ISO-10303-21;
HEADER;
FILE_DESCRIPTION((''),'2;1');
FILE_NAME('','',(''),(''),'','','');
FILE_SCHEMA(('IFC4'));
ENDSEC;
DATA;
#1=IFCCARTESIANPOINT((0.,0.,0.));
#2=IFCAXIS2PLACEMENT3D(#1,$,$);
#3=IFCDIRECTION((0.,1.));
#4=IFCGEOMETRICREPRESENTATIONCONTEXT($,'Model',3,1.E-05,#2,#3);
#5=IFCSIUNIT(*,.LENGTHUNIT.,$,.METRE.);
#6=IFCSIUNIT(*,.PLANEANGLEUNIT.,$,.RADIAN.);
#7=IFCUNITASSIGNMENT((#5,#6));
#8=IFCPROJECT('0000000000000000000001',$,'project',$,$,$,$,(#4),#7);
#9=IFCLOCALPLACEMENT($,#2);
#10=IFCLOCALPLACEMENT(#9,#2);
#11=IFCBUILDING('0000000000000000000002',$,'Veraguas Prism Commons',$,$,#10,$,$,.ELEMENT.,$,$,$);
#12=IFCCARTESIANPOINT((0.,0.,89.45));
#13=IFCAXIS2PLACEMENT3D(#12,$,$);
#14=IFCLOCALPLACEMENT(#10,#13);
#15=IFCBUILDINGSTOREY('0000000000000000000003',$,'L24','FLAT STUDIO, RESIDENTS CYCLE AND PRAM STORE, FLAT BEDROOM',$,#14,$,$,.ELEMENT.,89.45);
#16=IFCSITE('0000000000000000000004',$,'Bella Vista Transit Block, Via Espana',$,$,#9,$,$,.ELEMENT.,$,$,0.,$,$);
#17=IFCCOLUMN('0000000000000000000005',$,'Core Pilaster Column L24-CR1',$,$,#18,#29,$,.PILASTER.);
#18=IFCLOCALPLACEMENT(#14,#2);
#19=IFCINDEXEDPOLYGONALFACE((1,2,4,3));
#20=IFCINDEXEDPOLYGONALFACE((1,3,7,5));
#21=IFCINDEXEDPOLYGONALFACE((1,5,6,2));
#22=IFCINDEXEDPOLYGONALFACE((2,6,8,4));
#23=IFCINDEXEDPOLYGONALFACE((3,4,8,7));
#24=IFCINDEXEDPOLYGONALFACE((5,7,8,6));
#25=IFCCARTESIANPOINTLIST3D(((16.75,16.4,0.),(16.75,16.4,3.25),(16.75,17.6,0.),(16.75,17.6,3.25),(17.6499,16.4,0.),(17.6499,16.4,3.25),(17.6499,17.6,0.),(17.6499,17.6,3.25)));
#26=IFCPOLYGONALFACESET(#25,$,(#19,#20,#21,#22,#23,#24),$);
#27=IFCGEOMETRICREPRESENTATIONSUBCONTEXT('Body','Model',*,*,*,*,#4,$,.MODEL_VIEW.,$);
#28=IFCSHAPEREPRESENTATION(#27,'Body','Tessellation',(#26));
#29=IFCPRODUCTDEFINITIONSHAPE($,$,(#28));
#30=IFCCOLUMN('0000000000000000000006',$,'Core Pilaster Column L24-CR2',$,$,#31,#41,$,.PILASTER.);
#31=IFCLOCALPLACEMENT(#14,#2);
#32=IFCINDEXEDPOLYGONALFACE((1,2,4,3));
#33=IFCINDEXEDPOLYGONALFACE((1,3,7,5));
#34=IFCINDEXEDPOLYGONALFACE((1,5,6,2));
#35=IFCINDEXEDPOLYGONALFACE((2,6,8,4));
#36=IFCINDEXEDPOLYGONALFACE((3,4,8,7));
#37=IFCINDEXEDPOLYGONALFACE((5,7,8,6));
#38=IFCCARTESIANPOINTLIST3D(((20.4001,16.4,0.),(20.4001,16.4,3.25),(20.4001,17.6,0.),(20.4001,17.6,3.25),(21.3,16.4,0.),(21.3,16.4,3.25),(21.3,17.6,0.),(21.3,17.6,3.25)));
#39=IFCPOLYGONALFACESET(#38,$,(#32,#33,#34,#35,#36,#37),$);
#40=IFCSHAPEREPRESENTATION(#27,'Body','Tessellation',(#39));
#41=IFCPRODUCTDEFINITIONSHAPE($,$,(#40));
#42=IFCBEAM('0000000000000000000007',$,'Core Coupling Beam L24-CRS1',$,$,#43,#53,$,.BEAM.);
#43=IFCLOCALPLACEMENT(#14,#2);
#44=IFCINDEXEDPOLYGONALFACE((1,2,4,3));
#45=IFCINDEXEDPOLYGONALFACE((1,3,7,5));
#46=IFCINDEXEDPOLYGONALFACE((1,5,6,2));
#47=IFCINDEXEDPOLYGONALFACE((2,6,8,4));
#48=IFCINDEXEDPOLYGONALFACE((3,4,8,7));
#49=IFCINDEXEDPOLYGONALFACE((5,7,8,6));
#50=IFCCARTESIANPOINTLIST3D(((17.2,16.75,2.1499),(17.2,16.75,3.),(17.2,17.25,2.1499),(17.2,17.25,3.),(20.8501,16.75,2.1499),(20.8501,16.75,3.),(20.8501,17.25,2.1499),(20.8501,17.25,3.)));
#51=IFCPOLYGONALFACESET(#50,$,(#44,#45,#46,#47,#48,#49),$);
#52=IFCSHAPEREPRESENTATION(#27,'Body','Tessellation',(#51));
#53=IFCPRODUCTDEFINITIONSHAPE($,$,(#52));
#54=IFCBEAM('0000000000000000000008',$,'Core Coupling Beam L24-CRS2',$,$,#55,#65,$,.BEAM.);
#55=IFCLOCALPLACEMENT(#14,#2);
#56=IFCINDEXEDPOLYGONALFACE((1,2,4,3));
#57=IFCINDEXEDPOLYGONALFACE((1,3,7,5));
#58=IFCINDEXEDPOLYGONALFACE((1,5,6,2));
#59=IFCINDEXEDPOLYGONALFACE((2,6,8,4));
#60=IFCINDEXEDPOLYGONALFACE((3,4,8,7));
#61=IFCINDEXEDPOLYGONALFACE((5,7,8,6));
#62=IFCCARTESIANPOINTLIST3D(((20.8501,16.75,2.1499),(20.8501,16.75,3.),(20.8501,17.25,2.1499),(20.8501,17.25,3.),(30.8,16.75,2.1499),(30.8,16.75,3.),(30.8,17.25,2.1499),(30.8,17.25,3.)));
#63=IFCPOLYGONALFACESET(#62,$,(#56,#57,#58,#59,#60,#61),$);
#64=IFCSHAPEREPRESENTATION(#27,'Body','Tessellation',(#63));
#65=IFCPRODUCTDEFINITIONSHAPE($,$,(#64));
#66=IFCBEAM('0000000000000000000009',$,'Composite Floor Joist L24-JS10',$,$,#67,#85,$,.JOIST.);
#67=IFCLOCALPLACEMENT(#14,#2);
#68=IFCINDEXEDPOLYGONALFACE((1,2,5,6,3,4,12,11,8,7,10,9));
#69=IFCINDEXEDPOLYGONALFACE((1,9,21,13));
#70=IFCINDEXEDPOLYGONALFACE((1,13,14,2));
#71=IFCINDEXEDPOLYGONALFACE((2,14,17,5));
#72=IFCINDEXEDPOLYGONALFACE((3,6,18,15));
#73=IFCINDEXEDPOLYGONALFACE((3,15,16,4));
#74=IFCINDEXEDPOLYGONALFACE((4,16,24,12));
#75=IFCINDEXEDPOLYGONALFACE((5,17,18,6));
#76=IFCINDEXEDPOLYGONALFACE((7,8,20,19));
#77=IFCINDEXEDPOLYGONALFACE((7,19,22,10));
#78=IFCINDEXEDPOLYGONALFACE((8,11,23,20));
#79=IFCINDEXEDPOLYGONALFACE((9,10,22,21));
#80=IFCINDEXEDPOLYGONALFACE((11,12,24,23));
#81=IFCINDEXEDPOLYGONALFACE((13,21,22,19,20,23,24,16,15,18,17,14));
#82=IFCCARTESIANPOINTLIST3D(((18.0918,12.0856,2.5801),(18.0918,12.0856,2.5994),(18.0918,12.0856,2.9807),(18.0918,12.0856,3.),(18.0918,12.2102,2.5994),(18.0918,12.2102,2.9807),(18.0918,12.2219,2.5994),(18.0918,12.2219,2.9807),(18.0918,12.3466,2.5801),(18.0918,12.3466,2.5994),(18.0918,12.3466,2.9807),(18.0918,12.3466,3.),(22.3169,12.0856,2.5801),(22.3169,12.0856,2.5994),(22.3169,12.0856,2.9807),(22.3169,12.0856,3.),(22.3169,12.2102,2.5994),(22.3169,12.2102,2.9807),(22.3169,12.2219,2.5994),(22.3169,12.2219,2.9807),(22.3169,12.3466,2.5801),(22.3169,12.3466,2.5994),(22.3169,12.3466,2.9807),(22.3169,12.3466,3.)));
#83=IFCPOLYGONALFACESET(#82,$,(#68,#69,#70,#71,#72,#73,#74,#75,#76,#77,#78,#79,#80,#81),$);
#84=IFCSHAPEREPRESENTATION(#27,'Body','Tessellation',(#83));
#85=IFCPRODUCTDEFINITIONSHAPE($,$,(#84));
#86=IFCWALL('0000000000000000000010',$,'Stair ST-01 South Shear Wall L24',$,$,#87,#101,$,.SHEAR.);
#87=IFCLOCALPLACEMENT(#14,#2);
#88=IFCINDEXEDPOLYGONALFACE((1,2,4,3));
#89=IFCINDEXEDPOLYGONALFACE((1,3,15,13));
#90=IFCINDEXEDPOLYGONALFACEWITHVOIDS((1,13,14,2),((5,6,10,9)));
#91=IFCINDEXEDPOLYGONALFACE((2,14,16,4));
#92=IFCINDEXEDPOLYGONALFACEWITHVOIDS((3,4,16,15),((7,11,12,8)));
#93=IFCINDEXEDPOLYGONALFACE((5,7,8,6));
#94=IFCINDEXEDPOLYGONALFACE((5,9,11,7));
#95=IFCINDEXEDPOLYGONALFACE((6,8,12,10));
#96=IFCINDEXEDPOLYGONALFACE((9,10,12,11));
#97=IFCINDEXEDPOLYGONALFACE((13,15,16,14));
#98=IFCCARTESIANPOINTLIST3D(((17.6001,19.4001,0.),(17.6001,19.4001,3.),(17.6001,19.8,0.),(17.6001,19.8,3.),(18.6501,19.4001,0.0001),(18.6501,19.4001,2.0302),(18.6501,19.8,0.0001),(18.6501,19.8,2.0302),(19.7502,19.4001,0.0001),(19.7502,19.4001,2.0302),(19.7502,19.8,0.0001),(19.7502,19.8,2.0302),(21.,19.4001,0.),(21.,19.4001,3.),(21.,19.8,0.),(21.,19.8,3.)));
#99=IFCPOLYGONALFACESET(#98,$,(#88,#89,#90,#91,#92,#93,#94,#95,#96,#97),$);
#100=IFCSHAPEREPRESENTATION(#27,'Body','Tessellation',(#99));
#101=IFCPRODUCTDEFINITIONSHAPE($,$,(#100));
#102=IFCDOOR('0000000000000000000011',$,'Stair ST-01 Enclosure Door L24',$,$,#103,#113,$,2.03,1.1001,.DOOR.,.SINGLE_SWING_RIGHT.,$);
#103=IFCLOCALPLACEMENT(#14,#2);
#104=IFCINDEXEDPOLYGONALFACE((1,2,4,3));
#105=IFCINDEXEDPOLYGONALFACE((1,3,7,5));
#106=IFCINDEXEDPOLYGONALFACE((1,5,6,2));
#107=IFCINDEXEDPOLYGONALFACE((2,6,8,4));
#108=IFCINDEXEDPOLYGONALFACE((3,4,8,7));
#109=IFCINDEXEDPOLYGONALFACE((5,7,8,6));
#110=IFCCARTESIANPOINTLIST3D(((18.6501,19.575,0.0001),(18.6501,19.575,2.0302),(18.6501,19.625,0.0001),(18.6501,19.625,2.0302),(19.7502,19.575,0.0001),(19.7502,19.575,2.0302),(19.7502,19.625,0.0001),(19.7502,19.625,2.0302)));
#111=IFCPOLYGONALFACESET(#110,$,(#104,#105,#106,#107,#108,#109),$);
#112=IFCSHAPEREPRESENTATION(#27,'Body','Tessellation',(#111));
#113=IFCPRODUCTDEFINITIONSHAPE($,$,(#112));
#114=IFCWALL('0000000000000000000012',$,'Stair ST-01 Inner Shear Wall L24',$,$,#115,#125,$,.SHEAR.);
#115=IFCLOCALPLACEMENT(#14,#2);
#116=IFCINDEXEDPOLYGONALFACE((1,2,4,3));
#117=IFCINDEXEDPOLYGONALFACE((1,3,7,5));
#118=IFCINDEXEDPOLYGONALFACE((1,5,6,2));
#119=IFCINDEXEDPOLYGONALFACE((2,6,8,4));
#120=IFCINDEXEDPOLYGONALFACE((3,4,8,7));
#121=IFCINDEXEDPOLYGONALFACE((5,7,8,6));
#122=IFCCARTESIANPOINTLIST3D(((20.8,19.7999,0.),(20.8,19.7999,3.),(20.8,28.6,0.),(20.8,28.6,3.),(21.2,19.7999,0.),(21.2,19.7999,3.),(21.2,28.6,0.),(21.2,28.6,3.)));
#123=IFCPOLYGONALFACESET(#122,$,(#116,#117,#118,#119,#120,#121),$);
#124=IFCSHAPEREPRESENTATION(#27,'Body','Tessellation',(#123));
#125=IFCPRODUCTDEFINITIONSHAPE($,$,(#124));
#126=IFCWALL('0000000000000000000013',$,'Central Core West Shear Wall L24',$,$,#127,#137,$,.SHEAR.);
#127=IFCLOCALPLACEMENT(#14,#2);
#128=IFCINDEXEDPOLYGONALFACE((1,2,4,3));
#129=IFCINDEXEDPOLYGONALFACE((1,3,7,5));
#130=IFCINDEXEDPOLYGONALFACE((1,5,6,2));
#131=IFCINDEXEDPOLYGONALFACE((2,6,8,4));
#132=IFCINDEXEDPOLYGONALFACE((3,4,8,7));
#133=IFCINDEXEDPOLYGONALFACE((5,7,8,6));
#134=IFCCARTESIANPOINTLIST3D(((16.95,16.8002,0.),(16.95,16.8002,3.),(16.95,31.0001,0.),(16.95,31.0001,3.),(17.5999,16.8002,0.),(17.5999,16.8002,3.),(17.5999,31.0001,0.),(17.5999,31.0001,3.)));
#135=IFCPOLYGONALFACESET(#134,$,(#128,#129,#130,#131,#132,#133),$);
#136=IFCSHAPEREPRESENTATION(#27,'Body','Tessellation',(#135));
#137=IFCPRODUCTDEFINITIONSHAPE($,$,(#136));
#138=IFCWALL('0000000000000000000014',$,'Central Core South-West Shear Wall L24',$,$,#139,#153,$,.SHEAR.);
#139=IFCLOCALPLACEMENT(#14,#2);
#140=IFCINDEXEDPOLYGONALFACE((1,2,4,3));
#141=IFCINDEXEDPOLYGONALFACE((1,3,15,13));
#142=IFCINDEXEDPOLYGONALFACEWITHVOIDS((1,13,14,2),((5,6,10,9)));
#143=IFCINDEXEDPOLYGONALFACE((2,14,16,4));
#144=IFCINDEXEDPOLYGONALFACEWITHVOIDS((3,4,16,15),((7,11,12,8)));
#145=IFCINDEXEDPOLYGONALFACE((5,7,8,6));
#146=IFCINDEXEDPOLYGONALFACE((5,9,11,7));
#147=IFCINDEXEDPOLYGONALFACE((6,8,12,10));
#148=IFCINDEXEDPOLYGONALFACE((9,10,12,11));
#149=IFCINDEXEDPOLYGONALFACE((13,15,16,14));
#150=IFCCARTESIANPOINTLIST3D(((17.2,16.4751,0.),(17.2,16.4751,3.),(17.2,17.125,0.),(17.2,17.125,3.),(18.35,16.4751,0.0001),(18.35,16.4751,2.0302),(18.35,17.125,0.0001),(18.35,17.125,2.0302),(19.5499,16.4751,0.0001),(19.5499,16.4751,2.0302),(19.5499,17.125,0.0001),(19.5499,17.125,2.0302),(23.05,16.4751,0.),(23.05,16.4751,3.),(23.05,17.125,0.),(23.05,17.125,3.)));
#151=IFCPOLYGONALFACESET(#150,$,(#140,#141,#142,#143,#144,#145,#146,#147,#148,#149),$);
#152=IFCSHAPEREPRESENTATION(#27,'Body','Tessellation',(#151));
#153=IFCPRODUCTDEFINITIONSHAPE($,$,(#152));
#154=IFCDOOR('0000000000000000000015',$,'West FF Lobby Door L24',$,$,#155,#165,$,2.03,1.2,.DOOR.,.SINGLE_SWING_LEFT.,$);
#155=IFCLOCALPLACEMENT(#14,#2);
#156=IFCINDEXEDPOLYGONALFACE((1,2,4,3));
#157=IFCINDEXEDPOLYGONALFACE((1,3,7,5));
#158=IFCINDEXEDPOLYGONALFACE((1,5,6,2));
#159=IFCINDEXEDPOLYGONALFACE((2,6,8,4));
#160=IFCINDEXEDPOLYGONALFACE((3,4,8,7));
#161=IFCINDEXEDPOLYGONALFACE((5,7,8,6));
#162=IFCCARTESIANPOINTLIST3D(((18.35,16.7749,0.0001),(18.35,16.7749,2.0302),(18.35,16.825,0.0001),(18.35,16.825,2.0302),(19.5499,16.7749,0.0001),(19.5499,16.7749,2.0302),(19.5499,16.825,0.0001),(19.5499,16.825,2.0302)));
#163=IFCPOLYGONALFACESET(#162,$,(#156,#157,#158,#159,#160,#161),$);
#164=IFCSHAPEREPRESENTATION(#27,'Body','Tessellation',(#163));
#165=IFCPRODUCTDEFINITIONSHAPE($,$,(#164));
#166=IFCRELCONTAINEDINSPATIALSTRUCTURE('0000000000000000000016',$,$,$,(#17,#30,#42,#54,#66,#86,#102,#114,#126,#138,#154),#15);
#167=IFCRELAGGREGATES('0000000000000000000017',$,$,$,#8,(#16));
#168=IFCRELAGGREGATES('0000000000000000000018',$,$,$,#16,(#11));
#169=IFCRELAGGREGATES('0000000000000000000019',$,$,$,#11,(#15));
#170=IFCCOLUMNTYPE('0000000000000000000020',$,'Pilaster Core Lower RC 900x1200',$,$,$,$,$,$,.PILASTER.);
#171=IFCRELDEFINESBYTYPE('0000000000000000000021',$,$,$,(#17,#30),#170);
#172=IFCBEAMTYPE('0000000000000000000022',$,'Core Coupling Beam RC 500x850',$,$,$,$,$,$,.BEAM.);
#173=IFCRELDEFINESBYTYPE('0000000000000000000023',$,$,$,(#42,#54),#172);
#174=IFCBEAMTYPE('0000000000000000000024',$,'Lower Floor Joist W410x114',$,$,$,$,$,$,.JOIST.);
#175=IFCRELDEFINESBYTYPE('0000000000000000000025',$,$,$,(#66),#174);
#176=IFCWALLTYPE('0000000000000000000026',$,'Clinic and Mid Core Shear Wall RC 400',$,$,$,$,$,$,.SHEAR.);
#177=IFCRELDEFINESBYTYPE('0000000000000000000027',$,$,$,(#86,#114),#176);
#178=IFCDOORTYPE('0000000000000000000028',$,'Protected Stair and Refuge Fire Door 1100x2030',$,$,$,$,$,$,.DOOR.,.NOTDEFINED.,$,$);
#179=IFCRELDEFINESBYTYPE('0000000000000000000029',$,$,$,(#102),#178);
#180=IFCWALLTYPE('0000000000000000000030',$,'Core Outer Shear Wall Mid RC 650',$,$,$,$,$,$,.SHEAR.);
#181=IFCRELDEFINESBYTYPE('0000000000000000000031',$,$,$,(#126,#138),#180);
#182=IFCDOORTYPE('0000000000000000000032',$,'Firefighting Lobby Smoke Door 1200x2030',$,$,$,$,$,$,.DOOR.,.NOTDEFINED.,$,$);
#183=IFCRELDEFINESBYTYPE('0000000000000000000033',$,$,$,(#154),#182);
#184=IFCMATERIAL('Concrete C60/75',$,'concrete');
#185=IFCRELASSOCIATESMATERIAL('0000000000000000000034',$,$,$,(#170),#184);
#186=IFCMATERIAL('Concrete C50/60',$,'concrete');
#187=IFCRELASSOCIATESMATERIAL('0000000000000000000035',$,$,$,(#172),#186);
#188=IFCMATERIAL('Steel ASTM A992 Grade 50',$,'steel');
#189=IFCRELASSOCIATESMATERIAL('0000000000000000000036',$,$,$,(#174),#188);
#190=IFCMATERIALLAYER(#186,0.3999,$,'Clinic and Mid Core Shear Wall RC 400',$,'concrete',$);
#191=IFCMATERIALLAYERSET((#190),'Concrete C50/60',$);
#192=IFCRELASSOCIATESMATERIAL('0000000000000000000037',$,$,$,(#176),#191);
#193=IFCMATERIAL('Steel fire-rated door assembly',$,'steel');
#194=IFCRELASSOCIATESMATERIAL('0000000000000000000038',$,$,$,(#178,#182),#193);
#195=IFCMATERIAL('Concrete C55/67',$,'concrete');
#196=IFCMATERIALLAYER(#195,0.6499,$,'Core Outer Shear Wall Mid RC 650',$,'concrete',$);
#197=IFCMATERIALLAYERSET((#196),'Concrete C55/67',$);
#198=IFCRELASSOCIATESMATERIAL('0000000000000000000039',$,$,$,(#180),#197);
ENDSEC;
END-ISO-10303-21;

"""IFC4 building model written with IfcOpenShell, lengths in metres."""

from ifc_helpers import new_model, si_unit, direction, frame, frame_2d, origin, origin_2d, place, context, subcontext, project, spatial, rectangle, i_section, extrude, source, transform, mapped, material, layer, layer_set, material_profile, profile_set, type_object, element, fill, save


model = new_model("IFC4")

# Units and contexts
model_context = context("Model", 3, precision=1e-05, world=origin(), true_north=direction((0.0, 1.0)))
body_context = subcontext(model_context, "Body", "Model", "MODEL_VIEW")
ifc_project = project(units=[si_unit("LENGTHUNIT", "METRE"), si_unit("PLANEANGLEUNIT", "RADIAN")], contexts=[model_context])

# Site, building, storey
site_placement = place(None, origin())
site = spatial("IfcSite", under=ifc_project, at=site_placement, Name="Bella Vista Transit Block, Via Espana", CompositionType="ELEMENT", RefElevation=0.0)
building_placement = place(site_placement, origin())
building = spatial("IfcBuilding", under=site, at=building_placement, Name="Veraguas Prism Commons", CompositionType="ELEMENT")
storey_placement = place(building_placement, frame((0.0, 0.0, 89.45)))
storey = spatial("IfcBuildingStorey", under=building, at=storey_placement, Name="L24", Description="FLAT STUDIO, RESIDENTS CYCLE AND PRAM STORE, FLAT BEDROOM", CompositionType="ELEMENT", Elevation=89.45)

# Columns
ifc_material_1 = material(Name="Concrete C60/75", Category="concrete")
ifc_material_profile_1 = material_profile(ifc_material_1, rectangle(XDim=0.8999, YDim=1.2, at=origin_2d()), Name="RC900X1200")
ifc_profile_set_1 = profile_set([ifc_material_profile_1], Name="Concrete C60/75")
column_type = type_object("IfcColumnType", Name="Pilaster Core Lower RC 900x1200", PredefinedType="PILASTER", material=ifc_profile_set_1)
for number, where, z_axis, x_axis, name in (
    (1, (17.2, 17.0, 0.0), (0.0, 0.0, 1.0), (1.0, 0.0, 0.0), "Core Pilaster Column L24-CR1"),
    (2, (20.8501, 17.0, 0.0), (0.0, 0.0, 1.0), (1.0, 0.0, 0.0), "Core Pilaster Column L24-CR2"),
):
    element("IfcColumn", number, at=place(storey_placement, frame(where, z_axis=z_axis, x_axis=x_axis)), inside=storey, type_object=column_type, Name=name, PredefinedType="PILASTER", context=body_context, shape_type="SweptSolid", body=[
        extrude(rectangle(XDim=0.8999, YDim=1.2, at=origin_2d()), origin(), (0.0, 0.0, 1.0), 3.25),
    ])

# Beams
ifc_material_2 = material(Name="Concrete C50/60", Category="concrete")
ifc_material_profile_2 = material_profile(ifc_material_2, rectangle(XDim=0.5, YDim=0.8501, at=origin_2d()), Name="RC500X850")
ifc_profile_set_2 = profile_set([ifc_material_profile_2], Name="Concrete C50/60")
beam_type_1 = type_object("IfcBeamType", Name="Core Coupling Beam RC 500x850", PredefinedType="BEAM", material=ifc_profile_set_2)
beam_1_placement = place(storey_placement, frame((17.2, 17.0, 2.575), z_axis=(1.0, 0.0, 0.0), x_axis=(0.0, 1.0, 0.0)))
element("IfcBeam", 3, at=beam_1_placement, inside=storey, type_object=beam_type_1, Name="Core Coupling Beam L24-CRS1", PredefinedType="BEAM", context=body_context, shape_type="SweptSolid", body=[
    extrude(rectangle(XDim=0.5, YDim=0.8501, at=origin_2d()), origin(), (0.0, 0.0, 1.0), 3.6501),
])
beam_2_placement = place(storey_placement, frame((20.8501, 17.0, 2.575), z_axis=(1.0, 0.0, 0.0), x_axis=(0.0, 1.0, 0.0)))
element("IfcBeam", 4, at=beam_2_placement, inside=storey, type_object=beam_type_1, Name="Core Coupling Beam L24-CRS2", PredefinedType="BEAM", context=body_context, shape_type="SweptSolid", body=[
    extrude(rectangle(XDim=0.5, YDim=0.8501, at=origin_2d()), origin(), (0.0, 0.0, 1.0), 9.95),
])
ifc_material_3 = material(Name="Steel ASTM A992 Grade 50", Category="steel")
ifc_material_profile_3 = material_profile(ifc_material_3, i_section(OverallWidth=0.261, OverallDepth=0.4199, WebThickness=0.0117, FlangeThickness=0.0193, at=origin_2d()), Name="W410X114")
ifc_profile_set_3 = profile_set([ifc_material_profile_3], Name="Steel ASTM A992 Grade 50")
beam_type_2 = type_object("IfcBeamType", Name="Lower Floor Joist W410x114", PredefinedType="JOIST", material=ifc_profile_set_3)
beam_3_placement = place(storey_placement, frame((18.0918, 12.2161, 2.79), z_axis=(1.0, 0.0, 0.0), x_axis=(0.0, 1.0, 0.0)))
element("IfcBeam", 5, at=beam_3_placement, inside=storey, type_object=beam_type_2, Name="Composite Floor Joist L24-JS10", PredefinedType="JOIST", context=body_context, shape_type="SweptSolid", body=[
    extrude(i_section(OverallWidth=0.261, OverallDepth=0.4199, WebThickness=0.0117, FlangeThickness=0.0193, at=origin_2d()), origin(), (0.0, 0.0, 1.0), 4.2251),
])

# Wall, opening, door
ifc_layer_1 = layer(ifc_material_2, 0.3999, Name="Clinic and Mid Core Shear Wall RC 400", Category="concrete")
ifc_layer_set_1 = layer_set([ifc_layer_1], Name="Concrete C50/60")
wall_type_1 = type_object("IfcWallType", Name="Clinic and Mid Core Shear Wall RC 400", PredefinedType="SHEAR", material=ifc_layer_set_1)
wall_1_placement = place(storey_placement, frame((17.6001, 19.6001, 0.0), z_axis=(0.0, 0.0, 1.0), x_axis=(1.0, 0.0, 0.0)))
wall_1 = element("IfcWall", 6, at=wall_1_placement, inside=storey, type_object=wall_type_1, Name="Stair ST-01 South Shear Wall L24", PredefinedType="SHEAR", context=body_context, shape_type="SweptSolid", body=[
    extrude(rectangle(XDim=3.3999, YDim=0.3999, at=frame_2d((1.7, 0.0))), origin(), (0.0, 0.0, 1.0), 3.0),
])
opening_1_placement = place(wall_1_placement, frame((1.05, 0.0, 0.0)))
opening_1 = element("IfcOpeningElement", 7, at=opening_1_placement, cuts=wall_1, PredefinedType="OPENING", context=body_context, shape_type="SweptSolid", body=[
    extrude(rectangle(XDim=1.1001, YDim=2.03, at=frame_2d((0.55, 1.0151))), frame((0.0, 0.21, 0.0), z_axis=(0.0, -1.0, 0.0), x_axis=(1.0, 0.0, 0.0)), (0.0, 0.0, 1.0), 0.4199),
])
ifc_material_4 = material(Name="Steel fire-rated door assembly", Category="steel")
door_type_1 = type_object("IfcDoorType", Name="Protected Stair and Refuge Fire Door 1100x2030", OperationType="NOTDEFINED", PredefinedType="DOOR", material=ifc_material_4)
shared_shape_1 = source(origin(), body_context, "Body", "SweptSolid", [
    extrude(rectangle(XDim=1.1001, YDim=2.03, at=frame_2d((0.55, 1.0151))), frame((0.0, 0.0249, 0.0), z_axis=(0.0, -1.0, 0.0), x_axis=(1.0, 0.0, 0.0)), (0.0, 0.0, 1.0), 0.05),
])
door_1_placement = place(opening_1_placement, origin())
door_1 = element("IfcDoor", 8, at=door_1_placement, inside=storey, type_object=door_type_1, Name="Stair ST-01 Enclosure Door L24", OperationType="SINGLE_SWING_RIGHT", OverallHeight=2.03, OverallWidth=1.1001, PredefinedType="DOOR", context=body_context, shape_type="MappedRepresentation", body=[
    mapped(shared_shape_1, transform((0.0, 0.0, 0.0), scale=1.0)),
])
fill(opening_1, door_1)

# Walls
wall_2_placement = place(storey_placement, frame((21.0, 19.8, 0.0), z_axis=(0.0, 0.0, 1.0), x_axis=(0.0, 1.0, 0.0)))
element("IfcWall", 9, at=wall_2_placement, inside=storey, type_object=wall_type_1, Name="Stair ST-01 Inner Shear Wall L24", PredefinedType="SHEAR", context=body_context, shape_type="SweptSolid", body=[
    extrude(rectangle(XDim=8.8, YDim=0.3999, at=frame_2d((4.3999, 0.0))), origin(), (0.0, 0.0, 1.0), 3.0),
])
ifc_material_5 = material(Name="Concrete C55/67", Category="concrete")
ifc_layer_2 = layer(ifc_material_5, 0.6499, Name="Core Outer Shear Wall Mid RC 650", Category="concrete")
ifc_layer_set_2 = layer_set([ifc_layer_2], Name="Concrete C55/67")
wall_type_2 = type_object("IfcWallType", Name="Core Outer Shear Wall Mid RC 650", PredefinedType="SHEAR", material=ifc_layer_set_2)
wall_3_placement = place(storey_placement, frame((17.2749, 16.8, 0.0), z_axis=(0.0, 0.0, 1.0), x_axis=(0.0, 1.0, 0.0)))
element("IfcWall", 10, at=wall_3_placement, inside=storey, type_object=wall_type_2, Name="Central Core West Shear Wall L24", PredefinedType="SHEAR", context=body_context, shape_type="SweptSolid", body=[
    extrude(rectangle(XDim=14.2, YDim=0.6499, at=frame_2d((7.1001, 0.0))), origin(), (0.0, 0.0, 1.0), 3.0),
])

# Wall, opening, door
wall_4_placement = place(storey_placement, frame((17.2, 16.8, 0.0), z_axis=(0.0, 0.0, 1.0), x_axis=(1.0, 0.0, 0.0)))
wall_4 = element("IfcWall", 11, at=wall_4_placement, inside=storey, type_object=wall_type_2, Name="Central Core South-West Shear Wall L24", PredefinedType="SHEAR", context=body_context, shape_type="SweptSolid", body=[
    extrude(rectangle(XDim=5.8501, YDim=0.6499, at=frame_2d((2.925, 0.0))), origin(), (0.0, 0.0, 1.0), 3.0),
])
opening_2_placement = place(wall_4_placement, frame((1.1499, 0.0, 0.0)))
opening_2 = element("IfcOpeningElement", 12, at=opening_2_placement, cuts=wall_4, PredefinedType="OPENING", context=body_context, shape_type="SweptSolid", body=[
    extrude(rectangle(XDim=1.2, YDim=2.03, at=frame_2d((0.6001, 1.0151))), frame((0.0, 0.335, 0.0), z_axis=(0.0, -1.0, 0.0), x_axis=(1.0, 0.0, 0.0)), (0.0, 0.0, 1.0), 0.6699),
])
door_type_2 = type_object("IfcDoorType", Name="Firefighting Lobby Smoke Door 1200x2030", OperationType="NOTDEFINED", PredefinedType="DOOR", material=ifc_material_4)
shared_shape_2 = source(origin(), body_context, "Body", "SweptSolid", [
    extrude(rectangle(XDim=1.2, YDim=2.03, at=frame_2d((0.6001, 1.0151))), frame((0.0, 0.0249, 0.0), z_axis=(0.0, -1.0, 0.0), x_axis=(1.0, 0.0, 0.0)), (0.0, 0.0, 1.0), 0.05),
])
door_2_placement = place(opening_2_placement, origin())
door_2 = element("IfcDoor", 13, at=door_2_placement, inside=storey, type_object=door_type_2, Name="West FF Lobby Door L24", OperationType="SINGLE_SWING_LEFT", OverallHeight=2.03, OverallWidth=1.2, PredefinedType="DOOR", context=body_context, shape_type="MappedRepresentation", body=[
    mapped(shared_shape_2, transform((0.0, 0.0, 0.0), scale=1.0)),
])
fill(opening_2, door_2)

save(model, "model.ifc")
